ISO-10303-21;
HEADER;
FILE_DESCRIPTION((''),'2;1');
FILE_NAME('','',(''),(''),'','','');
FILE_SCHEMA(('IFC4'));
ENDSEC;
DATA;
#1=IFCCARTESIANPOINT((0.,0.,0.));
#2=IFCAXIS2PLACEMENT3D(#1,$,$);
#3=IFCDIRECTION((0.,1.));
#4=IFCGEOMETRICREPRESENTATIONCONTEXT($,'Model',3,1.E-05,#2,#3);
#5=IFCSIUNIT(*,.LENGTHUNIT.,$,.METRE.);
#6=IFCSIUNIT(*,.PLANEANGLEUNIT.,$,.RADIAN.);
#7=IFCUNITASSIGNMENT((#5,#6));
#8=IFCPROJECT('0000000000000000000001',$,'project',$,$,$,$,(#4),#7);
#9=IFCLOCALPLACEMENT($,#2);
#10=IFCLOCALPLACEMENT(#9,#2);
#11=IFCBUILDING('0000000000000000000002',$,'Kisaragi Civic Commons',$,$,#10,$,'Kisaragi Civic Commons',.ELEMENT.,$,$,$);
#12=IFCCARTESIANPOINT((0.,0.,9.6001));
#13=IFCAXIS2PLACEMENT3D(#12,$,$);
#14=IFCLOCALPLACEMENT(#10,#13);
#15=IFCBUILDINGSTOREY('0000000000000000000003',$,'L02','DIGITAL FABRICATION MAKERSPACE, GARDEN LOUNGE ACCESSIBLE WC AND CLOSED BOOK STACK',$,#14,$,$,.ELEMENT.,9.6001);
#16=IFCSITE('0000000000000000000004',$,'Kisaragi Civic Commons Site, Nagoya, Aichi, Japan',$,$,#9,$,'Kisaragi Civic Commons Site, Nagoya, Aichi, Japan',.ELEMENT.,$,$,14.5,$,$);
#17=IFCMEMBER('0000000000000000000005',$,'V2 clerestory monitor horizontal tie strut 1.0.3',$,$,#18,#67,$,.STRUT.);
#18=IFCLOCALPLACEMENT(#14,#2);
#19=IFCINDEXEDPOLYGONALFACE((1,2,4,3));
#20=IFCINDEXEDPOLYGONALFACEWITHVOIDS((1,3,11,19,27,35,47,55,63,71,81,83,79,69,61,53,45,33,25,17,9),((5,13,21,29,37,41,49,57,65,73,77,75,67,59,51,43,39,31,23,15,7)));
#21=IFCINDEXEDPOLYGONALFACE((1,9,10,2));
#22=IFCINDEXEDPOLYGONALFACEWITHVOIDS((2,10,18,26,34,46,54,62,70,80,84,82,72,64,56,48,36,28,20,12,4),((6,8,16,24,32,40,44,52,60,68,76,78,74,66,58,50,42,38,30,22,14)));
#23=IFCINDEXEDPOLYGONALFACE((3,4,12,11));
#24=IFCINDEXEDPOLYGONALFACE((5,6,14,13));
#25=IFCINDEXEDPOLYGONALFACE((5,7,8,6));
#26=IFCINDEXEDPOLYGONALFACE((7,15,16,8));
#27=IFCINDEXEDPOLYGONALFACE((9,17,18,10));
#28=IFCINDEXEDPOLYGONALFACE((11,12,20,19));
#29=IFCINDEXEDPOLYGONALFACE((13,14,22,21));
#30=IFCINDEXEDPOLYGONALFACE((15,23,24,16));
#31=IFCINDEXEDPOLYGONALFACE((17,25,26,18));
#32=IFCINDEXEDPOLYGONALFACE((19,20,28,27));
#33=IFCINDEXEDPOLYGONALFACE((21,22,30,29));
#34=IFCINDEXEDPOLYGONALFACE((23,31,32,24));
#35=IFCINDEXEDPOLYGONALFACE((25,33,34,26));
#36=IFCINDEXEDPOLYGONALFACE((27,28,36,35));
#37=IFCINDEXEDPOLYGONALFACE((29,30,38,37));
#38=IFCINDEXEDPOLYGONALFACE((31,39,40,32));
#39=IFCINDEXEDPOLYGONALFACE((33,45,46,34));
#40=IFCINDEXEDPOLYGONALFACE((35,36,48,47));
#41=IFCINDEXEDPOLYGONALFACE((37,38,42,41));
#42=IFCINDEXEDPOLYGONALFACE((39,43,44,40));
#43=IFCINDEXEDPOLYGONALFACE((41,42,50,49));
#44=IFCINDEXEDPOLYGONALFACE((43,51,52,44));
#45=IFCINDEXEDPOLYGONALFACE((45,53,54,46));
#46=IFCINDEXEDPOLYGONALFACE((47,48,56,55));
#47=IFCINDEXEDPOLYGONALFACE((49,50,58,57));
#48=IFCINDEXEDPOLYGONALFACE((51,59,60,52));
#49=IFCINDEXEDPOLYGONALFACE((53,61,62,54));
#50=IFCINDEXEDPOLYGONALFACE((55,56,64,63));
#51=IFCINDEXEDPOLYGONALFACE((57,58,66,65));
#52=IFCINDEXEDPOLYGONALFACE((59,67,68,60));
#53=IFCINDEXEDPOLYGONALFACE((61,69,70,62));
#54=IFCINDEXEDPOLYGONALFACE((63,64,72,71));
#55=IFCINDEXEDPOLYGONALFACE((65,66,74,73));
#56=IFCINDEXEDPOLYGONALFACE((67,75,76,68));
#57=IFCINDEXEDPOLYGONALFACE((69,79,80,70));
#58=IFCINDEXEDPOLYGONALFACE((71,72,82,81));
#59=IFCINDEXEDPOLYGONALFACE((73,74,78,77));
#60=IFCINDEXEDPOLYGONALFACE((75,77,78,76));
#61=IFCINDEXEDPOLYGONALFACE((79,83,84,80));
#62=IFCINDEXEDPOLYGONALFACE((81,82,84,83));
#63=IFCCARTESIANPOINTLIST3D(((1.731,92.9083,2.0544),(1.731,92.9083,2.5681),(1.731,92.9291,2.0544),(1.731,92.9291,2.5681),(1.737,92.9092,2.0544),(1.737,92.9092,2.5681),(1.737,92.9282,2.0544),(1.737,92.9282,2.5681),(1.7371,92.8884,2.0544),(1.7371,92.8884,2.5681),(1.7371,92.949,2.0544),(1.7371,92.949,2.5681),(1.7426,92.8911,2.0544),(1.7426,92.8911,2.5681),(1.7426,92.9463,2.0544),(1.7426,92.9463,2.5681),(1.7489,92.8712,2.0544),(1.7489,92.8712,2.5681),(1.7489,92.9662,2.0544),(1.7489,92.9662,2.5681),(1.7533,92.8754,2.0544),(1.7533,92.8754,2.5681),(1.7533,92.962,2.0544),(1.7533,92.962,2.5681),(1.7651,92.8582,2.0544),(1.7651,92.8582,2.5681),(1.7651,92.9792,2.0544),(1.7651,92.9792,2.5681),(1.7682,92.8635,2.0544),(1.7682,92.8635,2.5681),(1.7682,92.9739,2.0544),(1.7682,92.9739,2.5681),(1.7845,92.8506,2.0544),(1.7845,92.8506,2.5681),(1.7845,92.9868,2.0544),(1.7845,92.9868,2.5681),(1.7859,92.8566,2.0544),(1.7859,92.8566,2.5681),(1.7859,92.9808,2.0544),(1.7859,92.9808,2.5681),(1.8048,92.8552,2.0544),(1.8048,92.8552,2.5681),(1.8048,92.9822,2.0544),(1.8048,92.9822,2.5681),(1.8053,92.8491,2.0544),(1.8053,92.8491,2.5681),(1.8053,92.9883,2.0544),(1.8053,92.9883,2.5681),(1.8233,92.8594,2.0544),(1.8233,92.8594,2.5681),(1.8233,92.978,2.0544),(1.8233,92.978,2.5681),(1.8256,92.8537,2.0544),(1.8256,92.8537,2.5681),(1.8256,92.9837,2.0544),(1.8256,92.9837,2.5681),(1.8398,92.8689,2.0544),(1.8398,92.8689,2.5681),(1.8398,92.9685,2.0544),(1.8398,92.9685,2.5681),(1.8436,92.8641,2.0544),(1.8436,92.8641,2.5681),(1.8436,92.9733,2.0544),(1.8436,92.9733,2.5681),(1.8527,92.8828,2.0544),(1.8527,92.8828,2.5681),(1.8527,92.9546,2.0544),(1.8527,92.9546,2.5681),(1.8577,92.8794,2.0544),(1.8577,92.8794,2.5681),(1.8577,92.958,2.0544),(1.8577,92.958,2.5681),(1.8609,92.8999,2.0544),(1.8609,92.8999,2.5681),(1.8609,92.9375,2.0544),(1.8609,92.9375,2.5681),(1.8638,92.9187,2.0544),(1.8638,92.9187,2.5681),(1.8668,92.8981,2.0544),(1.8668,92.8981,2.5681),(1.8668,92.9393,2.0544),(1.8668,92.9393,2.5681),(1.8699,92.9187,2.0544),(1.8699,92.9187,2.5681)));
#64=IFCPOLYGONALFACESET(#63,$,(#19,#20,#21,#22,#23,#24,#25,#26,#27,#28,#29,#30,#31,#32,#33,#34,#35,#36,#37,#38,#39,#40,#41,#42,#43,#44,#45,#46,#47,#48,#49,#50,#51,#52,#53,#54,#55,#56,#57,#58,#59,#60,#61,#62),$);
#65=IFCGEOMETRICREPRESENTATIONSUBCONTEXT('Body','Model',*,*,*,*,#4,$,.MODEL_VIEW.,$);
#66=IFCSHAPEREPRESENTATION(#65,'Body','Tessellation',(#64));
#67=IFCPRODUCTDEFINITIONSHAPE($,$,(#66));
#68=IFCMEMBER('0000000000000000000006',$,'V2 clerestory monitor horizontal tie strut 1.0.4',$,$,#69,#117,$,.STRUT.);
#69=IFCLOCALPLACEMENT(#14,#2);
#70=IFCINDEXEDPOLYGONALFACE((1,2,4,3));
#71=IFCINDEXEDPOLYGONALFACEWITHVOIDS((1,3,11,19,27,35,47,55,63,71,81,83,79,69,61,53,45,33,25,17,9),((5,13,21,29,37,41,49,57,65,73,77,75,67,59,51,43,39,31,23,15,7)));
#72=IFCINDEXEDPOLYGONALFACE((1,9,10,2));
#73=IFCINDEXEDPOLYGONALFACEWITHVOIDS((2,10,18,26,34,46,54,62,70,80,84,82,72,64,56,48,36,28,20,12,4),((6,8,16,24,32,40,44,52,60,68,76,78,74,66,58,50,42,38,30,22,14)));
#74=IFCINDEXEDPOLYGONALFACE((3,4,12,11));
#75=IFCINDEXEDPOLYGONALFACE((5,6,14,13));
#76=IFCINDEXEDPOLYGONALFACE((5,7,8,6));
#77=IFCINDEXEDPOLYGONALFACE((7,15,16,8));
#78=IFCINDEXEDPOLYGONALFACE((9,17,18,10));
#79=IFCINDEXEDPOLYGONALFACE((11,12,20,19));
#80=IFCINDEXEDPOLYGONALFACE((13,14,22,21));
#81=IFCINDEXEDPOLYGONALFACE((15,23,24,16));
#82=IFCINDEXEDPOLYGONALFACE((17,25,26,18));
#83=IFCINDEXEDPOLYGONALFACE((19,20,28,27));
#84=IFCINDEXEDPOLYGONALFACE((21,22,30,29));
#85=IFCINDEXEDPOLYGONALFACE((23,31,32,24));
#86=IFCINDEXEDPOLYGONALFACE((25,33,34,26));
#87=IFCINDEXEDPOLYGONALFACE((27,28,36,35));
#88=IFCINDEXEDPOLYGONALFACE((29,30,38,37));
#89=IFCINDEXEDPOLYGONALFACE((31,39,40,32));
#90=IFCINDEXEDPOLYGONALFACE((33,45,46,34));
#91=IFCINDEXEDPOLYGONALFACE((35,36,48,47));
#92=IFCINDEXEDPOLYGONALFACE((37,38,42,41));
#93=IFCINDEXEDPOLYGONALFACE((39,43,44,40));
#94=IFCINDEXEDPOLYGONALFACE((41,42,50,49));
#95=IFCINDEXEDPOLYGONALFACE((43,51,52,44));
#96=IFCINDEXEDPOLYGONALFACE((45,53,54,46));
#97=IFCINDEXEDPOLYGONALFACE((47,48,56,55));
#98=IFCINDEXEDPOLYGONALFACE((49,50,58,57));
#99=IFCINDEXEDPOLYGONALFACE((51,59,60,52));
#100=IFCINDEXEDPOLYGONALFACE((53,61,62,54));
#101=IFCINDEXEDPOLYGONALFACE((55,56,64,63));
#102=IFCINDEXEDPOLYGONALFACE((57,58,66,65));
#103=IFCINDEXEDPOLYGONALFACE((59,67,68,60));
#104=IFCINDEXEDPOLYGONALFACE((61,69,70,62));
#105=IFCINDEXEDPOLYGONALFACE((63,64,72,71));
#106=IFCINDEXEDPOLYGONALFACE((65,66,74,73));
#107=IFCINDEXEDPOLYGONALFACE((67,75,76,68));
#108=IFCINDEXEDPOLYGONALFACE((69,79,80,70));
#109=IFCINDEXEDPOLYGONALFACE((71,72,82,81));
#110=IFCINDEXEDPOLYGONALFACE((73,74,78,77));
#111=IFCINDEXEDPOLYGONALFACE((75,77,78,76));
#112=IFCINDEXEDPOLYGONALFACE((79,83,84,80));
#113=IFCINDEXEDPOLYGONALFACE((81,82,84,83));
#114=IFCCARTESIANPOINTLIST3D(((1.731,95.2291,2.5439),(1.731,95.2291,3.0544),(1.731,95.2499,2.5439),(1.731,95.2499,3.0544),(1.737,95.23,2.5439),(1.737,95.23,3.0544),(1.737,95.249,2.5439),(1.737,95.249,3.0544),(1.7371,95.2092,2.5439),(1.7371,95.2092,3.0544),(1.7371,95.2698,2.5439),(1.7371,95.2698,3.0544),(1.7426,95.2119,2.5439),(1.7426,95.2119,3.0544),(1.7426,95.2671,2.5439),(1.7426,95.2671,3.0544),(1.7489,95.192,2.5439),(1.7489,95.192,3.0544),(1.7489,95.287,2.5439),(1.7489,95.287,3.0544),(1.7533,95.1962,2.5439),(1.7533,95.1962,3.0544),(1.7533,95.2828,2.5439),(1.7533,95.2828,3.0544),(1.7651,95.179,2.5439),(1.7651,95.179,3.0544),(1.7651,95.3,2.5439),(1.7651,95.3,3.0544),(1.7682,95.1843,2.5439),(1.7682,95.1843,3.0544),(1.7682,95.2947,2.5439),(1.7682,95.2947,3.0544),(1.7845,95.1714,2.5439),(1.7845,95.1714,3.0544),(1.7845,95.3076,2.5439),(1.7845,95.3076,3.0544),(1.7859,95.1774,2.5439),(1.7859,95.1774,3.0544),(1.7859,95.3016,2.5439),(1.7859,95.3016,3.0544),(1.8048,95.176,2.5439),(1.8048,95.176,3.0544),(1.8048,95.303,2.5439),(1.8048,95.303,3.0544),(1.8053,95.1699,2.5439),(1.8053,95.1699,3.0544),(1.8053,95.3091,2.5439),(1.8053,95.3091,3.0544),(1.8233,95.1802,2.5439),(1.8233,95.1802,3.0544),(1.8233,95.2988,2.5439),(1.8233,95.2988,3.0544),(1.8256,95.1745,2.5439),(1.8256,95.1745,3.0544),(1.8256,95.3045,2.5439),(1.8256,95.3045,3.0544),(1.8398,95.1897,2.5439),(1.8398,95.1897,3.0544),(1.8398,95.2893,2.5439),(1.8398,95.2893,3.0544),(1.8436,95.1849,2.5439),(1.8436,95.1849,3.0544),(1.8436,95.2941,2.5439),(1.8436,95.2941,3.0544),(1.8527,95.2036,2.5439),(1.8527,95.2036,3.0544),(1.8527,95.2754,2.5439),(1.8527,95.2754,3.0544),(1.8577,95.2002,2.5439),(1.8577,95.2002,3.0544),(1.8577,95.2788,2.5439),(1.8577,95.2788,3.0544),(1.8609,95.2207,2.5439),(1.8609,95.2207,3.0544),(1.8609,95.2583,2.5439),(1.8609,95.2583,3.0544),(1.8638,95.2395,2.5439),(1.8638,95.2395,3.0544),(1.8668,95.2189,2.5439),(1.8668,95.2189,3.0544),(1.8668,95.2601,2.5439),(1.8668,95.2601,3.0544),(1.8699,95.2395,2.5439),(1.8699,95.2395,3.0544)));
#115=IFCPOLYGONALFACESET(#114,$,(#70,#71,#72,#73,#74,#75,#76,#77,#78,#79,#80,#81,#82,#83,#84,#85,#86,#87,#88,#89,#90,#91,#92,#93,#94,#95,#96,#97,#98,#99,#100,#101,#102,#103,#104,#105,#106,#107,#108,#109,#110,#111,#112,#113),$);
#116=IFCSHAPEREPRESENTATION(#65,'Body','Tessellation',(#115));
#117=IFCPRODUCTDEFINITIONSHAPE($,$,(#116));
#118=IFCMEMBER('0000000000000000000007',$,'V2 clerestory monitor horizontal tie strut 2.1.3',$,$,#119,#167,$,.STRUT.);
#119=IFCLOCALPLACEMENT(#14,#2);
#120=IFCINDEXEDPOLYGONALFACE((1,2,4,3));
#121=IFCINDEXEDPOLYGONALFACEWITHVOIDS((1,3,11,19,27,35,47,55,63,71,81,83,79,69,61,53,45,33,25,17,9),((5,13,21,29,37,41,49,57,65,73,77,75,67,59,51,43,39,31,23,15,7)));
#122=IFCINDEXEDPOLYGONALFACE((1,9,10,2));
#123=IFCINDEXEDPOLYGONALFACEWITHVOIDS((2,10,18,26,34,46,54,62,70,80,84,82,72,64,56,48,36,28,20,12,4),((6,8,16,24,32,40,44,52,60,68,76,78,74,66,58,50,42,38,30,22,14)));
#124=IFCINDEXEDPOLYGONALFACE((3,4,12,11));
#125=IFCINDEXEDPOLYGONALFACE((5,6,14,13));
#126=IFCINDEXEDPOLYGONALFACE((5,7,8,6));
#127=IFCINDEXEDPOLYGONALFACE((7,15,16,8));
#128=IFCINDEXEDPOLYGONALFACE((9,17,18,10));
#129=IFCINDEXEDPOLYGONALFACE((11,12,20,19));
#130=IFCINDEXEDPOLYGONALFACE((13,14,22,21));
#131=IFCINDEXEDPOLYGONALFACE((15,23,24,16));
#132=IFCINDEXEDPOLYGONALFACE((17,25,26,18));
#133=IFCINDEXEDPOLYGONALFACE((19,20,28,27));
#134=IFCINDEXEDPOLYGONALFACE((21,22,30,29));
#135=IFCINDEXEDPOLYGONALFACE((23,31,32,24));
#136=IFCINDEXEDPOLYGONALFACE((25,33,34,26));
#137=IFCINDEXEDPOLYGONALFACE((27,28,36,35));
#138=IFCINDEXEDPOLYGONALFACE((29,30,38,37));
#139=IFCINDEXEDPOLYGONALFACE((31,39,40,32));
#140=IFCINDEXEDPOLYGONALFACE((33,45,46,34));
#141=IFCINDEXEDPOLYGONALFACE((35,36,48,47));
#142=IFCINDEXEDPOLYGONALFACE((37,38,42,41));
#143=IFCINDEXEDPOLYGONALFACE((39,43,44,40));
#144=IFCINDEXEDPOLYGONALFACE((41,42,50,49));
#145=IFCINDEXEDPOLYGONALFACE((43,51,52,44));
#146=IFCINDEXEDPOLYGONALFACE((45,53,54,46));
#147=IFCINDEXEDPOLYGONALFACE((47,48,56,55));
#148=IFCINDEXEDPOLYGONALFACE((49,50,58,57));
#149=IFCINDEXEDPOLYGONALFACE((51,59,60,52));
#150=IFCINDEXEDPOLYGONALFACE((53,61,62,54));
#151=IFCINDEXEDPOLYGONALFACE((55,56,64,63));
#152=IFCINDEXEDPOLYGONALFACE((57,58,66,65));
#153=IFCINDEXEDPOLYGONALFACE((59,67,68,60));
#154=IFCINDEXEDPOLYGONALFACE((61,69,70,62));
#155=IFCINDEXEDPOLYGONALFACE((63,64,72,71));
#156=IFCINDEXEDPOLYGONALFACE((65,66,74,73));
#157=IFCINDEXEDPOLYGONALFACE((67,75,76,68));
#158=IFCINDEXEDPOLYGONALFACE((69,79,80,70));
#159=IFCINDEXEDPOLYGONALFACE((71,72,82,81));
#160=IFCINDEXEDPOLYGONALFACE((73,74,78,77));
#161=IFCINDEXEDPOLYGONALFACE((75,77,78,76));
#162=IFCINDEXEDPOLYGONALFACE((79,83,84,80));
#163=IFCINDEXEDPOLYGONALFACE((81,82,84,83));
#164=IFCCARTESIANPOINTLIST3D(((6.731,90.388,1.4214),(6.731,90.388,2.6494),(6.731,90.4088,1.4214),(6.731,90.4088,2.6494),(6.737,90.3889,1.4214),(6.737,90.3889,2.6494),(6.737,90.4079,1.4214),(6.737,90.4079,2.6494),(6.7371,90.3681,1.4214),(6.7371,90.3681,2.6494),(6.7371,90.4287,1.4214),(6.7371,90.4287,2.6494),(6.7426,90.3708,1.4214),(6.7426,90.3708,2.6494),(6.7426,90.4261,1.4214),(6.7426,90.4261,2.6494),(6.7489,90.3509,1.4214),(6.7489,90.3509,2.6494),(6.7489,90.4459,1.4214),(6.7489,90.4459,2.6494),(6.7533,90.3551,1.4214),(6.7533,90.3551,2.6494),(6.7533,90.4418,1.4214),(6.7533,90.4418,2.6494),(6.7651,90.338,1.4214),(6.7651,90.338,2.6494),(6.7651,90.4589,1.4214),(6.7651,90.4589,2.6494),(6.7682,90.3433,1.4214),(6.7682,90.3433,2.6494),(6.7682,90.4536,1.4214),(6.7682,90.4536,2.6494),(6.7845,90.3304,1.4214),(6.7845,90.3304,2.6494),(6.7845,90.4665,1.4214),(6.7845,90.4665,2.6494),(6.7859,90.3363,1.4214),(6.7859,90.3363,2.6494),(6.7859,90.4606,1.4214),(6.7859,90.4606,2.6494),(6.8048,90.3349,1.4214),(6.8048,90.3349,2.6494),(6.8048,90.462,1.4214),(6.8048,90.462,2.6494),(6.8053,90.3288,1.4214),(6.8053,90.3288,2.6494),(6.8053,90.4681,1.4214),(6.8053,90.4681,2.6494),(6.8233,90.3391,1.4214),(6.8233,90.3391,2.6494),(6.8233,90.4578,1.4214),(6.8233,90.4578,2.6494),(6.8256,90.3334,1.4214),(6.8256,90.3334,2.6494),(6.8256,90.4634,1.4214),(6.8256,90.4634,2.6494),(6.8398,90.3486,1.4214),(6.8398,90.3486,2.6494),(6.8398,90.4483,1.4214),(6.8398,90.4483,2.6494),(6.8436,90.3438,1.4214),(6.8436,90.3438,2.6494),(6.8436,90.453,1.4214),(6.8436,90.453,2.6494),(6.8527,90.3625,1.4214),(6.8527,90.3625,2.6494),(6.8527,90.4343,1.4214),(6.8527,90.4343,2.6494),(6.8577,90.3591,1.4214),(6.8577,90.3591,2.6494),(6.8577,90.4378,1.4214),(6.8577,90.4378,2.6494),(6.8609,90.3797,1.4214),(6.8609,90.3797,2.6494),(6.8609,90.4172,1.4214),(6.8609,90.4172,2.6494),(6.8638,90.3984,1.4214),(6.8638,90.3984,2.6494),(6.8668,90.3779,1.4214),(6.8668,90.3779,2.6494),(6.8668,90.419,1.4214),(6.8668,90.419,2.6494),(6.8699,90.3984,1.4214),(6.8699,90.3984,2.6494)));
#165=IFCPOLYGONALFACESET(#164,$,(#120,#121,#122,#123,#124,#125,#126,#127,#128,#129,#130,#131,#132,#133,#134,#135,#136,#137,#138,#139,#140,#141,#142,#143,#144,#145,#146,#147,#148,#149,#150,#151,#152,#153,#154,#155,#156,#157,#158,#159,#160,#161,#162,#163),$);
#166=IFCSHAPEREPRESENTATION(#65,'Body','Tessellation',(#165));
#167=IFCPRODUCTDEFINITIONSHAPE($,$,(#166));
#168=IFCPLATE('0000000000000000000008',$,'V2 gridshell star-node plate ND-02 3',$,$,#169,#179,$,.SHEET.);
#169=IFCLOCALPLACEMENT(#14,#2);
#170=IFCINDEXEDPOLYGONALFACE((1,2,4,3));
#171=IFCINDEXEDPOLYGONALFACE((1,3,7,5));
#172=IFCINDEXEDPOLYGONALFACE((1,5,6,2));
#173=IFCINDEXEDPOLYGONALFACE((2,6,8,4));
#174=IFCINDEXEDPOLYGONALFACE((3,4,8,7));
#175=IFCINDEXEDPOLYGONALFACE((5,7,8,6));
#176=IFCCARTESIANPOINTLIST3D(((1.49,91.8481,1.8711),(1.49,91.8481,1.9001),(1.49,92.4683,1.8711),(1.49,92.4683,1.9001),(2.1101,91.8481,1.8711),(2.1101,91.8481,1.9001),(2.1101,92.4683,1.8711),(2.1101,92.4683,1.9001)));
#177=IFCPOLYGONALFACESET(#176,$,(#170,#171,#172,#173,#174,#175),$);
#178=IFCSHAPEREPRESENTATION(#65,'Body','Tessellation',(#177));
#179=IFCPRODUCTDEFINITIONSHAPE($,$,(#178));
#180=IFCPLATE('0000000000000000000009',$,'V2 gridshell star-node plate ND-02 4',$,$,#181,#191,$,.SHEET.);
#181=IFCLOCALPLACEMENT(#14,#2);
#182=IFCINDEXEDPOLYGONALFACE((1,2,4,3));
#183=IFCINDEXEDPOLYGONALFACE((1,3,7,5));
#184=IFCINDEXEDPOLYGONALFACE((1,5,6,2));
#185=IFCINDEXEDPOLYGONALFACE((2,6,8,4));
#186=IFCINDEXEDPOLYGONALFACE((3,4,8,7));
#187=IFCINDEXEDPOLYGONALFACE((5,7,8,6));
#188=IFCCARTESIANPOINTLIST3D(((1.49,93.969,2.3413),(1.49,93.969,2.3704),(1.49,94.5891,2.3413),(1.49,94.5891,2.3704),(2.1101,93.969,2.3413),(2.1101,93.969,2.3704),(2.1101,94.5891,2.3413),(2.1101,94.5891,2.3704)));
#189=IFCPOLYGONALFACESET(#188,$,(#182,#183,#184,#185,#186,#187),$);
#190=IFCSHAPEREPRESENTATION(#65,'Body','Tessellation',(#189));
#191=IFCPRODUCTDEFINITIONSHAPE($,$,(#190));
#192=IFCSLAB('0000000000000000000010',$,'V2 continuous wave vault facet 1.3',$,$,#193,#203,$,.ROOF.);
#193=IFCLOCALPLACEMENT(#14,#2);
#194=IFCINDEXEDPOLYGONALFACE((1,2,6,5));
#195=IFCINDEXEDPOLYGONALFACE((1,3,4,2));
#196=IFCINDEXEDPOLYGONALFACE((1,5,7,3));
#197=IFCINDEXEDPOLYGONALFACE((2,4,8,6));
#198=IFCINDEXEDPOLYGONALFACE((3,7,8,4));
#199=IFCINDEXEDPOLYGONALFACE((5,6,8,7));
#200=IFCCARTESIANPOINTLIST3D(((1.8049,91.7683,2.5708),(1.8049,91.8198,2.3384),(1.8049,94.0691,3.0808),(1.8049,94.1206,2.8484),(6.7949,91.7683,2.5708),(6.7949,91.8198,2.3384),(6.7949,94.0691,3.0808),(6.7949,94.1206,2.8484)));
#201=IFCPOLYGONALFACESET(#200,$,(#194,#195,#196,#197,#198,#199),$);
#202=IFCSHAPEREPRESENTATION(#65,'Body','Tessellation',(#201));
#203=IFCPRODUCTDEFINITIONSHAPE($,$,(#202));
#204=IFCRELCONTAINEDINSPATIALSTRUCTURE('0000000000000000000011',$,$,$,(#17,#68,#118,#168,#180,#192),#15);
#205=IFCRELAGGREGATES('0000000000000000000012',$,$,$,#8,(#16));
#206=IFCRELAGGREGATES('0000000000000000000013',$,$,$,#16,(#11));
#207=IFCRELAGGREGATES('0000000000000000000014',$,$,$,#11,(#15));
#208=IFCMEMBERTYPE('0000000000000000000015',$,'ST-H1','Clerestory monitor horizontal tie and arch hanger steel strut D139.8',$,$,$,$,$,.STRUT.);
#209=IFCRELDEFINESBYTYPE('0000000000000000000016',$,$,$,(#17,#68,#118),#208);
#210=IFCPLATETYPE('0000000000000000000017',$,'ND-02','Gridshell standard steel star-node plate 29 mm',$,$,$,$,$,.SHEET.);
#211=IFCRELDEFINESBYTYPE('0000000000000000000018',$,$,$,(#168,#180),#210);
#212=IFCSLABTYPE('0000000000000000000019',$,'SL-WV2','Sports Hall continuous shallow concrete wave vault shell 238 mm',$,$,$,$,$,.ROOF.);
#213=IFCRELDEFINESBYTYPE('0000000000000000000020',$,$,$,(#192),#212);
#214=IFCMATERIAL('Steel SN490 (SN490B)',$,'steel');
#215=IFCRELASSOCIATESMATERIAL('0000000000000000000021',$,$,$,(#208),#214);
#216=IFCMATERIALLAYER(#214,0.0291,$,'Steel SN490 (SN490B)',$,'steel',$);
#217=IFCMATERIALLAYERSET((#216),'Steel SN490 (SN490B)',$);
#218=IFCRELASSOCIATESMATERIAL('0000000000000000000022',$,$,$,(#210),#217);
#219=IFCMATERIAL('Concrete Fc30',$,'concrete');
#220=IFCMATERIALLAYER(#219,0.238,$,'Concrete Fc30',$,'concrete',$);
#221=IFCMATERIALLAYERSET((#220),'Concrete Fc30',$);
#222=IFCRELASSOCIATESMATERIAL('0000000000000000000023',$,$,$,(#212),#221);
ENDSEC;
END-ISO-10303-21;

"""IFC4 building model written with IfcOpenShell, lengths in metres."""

from ifc_helpers import new_model, si_unit, direction, frame, origin, origin_2d, place, context, subcontext, project, spatial, polyline, rectangle, hollow_circle, outline, extrude, material, layer, layer_set, material_profile, profile_set, type_object, element, save


model = new_model("IFC4")

# Units and contexts
model_context = context("Model", 3, precision=1e-05, world=origin(), true_north=direction((0.0, 1.0)))
body_context = subcontext(model_context, "Body", "Model", "MODEL_VIEW")
ifc_project = project(units=[si_unit("LENGTHUNIT", "METRE"), si_unit("PLANEANGLEUNIT", "RADIAN")], contexts=[model_context])

# Site, building, storey
site_placement = place(None, origin())
site = spatial("IfcSite", under=ifc_project, at=site_placement, Name="Kisaragi Civic Commons Site, Nagoya, Aichi, Japan", LongName="Kisaragi Civic Commons Site, Nagoya, Aichi, Japan", CompositionType="ELEMENT", RefElevation=14.5)
building_placement = place(site_placement, origin())
building = spatial("IfcBuilding", under=site, at=building_placement, Name="Kisaragi Civic Commons", LongName="Kisaragi Civic Commons", CompositionType="ELEMENT")
storey_placement = place(building_placement, frame((0.0, 0.0, 9.6001)))
storey = spatial("IfcBuildingStorey", under=building, at=storey_placement, Name="L02", Description="DIGITAL FABRICATION MAKERSPACE, GARDEN LOUNGE ACCESSIBLE WC AND CLOSED BOOK STACK", CompositionType="ELEMENT", Elevation=9.6001)

# Shared definitions
ifc_material_1 = material(Name="Steel SN490 (SN490B)", Category="steel")

# Members
ifc_material_profile_1 = material_profile(ifc_material_1, hollow_circle(Radius=0.0698, WallThickness=0.0061, at=origin_2d()), Name="CHS-139.8x6.0", Category="steel")
ifc_profile_set_1 = profile_set([ifc_material_profile_1], Name="Steel SN490 (SN490B)")
member_type_1 = type_object("IfcMemberType", Name="ST-H1", Description="Clerestory monitor horizontal tie and arch hanger steel strut D139.8", PredefinedType="STRUT", material=ifc_profile_set_1)
member_1_placement = place(storey_placement, frame((1.8, 92.9187, 2.0544), z_axis=(0.0, 0.0, 1.0), x_axis=(1.0, 0.0, 0.0)))
element("IfcMember", 1, at=member_1_placement, inside=storey, type_object=member_type_1, Name="V2 clerestory monitor horizontal tie strut 1.0.3", PredefinedType="STRUT", context=body_context, shape_type="SweptSolid", body=[
    extrude(hollow_circle(Radius=0.0698, WallThickness=0.0061, at=origin_2d()), origin(), (0.0, 0.0, 1.0), 0.5137),
])
member_2_placement = place(storey_placement, frame((1.8, 95.2395, 2.5439), z_axis=(0.0, 0.0, 1.0), x_axis=(1.0, 0.0, 0.0)))
element("IfcMember", 2, at=member_2_placement, inside=storey, type_object=member_type_1, Name="V2 clerestory monitor horizontal tie strut 1.0.4", PredefinedType="STRUT", context=body_context, shape_type="SweptSolid", body=[
    extrude(hollow_circle(Radius=0.0698, WallThickness=0.0061, at=origin_2d()), origin(), (0.0, 0.0, 1.0), 0.5105),
])
member_3_placement = place(storey_placement, frame((6.8, 90.3984, 1.4214), z_axis=(0.0, 0.0, 1.0), x_axis=(1.0, 0.0, 0.0)))
element("IfcMember", 3, at=member_3_placement, inside=storey, type_object=member_type_1, Name="V2 clerestory monitor horizontal tie strut 2.1.3", PredefinedType="STRUT", context=body_context, shape_type="SweptSolid", body=[
    extrude(hollow_circle(Radius=0.0698, WallThickness=0.0061, at=origin_2d()), origin(), (0.0, 0.0, 1.0), 1.228),
])

# Plates
ifc_layer_1 = layer(ifc_material_1, 0.0291, Name="Steel SN490 (SN490B)", Category="steel")
ifc_layer_set_1 = layer_set([ifc_layer_1], Name="Steel SN490 (SN490B)")
plate_type = type_object("IfcPlateType", Name="ND-02", Description="Gridshell standard steel star-node plate 29 mm", PredefinedType="SHEET", material=ifc_layer_set_1)
for number, where, z_axis, x_axis, name in (
    (4, (1.8, 92.1582, 1.8711), (0.0, 0.0, 1.0), (1.0, 0.0, 0.0), "V2 gridshell star-node plate ND-02 3"),
    (5, (1.8, 94.2791, 2.3413), (0.0, 0.0, 1.0), (1.0, 0.0, 0.0), "V2 gridshell star-node plate ND-02 4"),
):
    element("IfcPlate", number, at=place(storey_placement, frame(where, z_axis=z_axis, x_axis=x_axis)), inside=storey, type_object=plate_type, Name=name, PredefinedType="SHEET", context=body_context, shape_type="SweptSolid", body=[
        extrude(rectangle(XDim=0.6201, YDim=0.6201, at=origin_2d()), origin(), (0.0, 0.0, 1.0), 0.0291),
    ])

# Slab
ifc_material_2 = material(Name="Concrete Fc30", Category="concrete")
ifc_layer_2 = layer(ifc_material_2, 0.238, Name="Concrete Fc30", Category="concrete")
ifc_layer_set_2 = layer_set([ifc_layer_2], Name="Concrete Fc30")
slab_type = type_object("IfcSlabType", Name="SL-WV2", Description="Sports Hall continuous shallow concrete wave vault shell 238 mm", PredefinedType="ROOF", material=ifc_layer_set_2)
slab_1_placement = place(storey_placement, frame((1.8049, 91.7683, 2.5708), z_axis=(0.0, -0.216415, 0.976301), x_axis=(1.0, 0.0, 0.0)))
element("IfcSlab", 6, at=slab_1_placement, inside=storey, type_object=slab_type, Name="V2 continuous wave vault facet 1.3", PredefinedType="ROOF", context=body_context, shape_type="SweptSolid", body=[
    extrude(outline(polyline([(0.0, 0.0), (4.99, 0.0), (4.99, 2.3566), (0.0, 2.3566), (0.0, 0.0)])), origin(), (0.0, 0.0, -1.0), 0.238),
])

save(model, "model.ifc")
